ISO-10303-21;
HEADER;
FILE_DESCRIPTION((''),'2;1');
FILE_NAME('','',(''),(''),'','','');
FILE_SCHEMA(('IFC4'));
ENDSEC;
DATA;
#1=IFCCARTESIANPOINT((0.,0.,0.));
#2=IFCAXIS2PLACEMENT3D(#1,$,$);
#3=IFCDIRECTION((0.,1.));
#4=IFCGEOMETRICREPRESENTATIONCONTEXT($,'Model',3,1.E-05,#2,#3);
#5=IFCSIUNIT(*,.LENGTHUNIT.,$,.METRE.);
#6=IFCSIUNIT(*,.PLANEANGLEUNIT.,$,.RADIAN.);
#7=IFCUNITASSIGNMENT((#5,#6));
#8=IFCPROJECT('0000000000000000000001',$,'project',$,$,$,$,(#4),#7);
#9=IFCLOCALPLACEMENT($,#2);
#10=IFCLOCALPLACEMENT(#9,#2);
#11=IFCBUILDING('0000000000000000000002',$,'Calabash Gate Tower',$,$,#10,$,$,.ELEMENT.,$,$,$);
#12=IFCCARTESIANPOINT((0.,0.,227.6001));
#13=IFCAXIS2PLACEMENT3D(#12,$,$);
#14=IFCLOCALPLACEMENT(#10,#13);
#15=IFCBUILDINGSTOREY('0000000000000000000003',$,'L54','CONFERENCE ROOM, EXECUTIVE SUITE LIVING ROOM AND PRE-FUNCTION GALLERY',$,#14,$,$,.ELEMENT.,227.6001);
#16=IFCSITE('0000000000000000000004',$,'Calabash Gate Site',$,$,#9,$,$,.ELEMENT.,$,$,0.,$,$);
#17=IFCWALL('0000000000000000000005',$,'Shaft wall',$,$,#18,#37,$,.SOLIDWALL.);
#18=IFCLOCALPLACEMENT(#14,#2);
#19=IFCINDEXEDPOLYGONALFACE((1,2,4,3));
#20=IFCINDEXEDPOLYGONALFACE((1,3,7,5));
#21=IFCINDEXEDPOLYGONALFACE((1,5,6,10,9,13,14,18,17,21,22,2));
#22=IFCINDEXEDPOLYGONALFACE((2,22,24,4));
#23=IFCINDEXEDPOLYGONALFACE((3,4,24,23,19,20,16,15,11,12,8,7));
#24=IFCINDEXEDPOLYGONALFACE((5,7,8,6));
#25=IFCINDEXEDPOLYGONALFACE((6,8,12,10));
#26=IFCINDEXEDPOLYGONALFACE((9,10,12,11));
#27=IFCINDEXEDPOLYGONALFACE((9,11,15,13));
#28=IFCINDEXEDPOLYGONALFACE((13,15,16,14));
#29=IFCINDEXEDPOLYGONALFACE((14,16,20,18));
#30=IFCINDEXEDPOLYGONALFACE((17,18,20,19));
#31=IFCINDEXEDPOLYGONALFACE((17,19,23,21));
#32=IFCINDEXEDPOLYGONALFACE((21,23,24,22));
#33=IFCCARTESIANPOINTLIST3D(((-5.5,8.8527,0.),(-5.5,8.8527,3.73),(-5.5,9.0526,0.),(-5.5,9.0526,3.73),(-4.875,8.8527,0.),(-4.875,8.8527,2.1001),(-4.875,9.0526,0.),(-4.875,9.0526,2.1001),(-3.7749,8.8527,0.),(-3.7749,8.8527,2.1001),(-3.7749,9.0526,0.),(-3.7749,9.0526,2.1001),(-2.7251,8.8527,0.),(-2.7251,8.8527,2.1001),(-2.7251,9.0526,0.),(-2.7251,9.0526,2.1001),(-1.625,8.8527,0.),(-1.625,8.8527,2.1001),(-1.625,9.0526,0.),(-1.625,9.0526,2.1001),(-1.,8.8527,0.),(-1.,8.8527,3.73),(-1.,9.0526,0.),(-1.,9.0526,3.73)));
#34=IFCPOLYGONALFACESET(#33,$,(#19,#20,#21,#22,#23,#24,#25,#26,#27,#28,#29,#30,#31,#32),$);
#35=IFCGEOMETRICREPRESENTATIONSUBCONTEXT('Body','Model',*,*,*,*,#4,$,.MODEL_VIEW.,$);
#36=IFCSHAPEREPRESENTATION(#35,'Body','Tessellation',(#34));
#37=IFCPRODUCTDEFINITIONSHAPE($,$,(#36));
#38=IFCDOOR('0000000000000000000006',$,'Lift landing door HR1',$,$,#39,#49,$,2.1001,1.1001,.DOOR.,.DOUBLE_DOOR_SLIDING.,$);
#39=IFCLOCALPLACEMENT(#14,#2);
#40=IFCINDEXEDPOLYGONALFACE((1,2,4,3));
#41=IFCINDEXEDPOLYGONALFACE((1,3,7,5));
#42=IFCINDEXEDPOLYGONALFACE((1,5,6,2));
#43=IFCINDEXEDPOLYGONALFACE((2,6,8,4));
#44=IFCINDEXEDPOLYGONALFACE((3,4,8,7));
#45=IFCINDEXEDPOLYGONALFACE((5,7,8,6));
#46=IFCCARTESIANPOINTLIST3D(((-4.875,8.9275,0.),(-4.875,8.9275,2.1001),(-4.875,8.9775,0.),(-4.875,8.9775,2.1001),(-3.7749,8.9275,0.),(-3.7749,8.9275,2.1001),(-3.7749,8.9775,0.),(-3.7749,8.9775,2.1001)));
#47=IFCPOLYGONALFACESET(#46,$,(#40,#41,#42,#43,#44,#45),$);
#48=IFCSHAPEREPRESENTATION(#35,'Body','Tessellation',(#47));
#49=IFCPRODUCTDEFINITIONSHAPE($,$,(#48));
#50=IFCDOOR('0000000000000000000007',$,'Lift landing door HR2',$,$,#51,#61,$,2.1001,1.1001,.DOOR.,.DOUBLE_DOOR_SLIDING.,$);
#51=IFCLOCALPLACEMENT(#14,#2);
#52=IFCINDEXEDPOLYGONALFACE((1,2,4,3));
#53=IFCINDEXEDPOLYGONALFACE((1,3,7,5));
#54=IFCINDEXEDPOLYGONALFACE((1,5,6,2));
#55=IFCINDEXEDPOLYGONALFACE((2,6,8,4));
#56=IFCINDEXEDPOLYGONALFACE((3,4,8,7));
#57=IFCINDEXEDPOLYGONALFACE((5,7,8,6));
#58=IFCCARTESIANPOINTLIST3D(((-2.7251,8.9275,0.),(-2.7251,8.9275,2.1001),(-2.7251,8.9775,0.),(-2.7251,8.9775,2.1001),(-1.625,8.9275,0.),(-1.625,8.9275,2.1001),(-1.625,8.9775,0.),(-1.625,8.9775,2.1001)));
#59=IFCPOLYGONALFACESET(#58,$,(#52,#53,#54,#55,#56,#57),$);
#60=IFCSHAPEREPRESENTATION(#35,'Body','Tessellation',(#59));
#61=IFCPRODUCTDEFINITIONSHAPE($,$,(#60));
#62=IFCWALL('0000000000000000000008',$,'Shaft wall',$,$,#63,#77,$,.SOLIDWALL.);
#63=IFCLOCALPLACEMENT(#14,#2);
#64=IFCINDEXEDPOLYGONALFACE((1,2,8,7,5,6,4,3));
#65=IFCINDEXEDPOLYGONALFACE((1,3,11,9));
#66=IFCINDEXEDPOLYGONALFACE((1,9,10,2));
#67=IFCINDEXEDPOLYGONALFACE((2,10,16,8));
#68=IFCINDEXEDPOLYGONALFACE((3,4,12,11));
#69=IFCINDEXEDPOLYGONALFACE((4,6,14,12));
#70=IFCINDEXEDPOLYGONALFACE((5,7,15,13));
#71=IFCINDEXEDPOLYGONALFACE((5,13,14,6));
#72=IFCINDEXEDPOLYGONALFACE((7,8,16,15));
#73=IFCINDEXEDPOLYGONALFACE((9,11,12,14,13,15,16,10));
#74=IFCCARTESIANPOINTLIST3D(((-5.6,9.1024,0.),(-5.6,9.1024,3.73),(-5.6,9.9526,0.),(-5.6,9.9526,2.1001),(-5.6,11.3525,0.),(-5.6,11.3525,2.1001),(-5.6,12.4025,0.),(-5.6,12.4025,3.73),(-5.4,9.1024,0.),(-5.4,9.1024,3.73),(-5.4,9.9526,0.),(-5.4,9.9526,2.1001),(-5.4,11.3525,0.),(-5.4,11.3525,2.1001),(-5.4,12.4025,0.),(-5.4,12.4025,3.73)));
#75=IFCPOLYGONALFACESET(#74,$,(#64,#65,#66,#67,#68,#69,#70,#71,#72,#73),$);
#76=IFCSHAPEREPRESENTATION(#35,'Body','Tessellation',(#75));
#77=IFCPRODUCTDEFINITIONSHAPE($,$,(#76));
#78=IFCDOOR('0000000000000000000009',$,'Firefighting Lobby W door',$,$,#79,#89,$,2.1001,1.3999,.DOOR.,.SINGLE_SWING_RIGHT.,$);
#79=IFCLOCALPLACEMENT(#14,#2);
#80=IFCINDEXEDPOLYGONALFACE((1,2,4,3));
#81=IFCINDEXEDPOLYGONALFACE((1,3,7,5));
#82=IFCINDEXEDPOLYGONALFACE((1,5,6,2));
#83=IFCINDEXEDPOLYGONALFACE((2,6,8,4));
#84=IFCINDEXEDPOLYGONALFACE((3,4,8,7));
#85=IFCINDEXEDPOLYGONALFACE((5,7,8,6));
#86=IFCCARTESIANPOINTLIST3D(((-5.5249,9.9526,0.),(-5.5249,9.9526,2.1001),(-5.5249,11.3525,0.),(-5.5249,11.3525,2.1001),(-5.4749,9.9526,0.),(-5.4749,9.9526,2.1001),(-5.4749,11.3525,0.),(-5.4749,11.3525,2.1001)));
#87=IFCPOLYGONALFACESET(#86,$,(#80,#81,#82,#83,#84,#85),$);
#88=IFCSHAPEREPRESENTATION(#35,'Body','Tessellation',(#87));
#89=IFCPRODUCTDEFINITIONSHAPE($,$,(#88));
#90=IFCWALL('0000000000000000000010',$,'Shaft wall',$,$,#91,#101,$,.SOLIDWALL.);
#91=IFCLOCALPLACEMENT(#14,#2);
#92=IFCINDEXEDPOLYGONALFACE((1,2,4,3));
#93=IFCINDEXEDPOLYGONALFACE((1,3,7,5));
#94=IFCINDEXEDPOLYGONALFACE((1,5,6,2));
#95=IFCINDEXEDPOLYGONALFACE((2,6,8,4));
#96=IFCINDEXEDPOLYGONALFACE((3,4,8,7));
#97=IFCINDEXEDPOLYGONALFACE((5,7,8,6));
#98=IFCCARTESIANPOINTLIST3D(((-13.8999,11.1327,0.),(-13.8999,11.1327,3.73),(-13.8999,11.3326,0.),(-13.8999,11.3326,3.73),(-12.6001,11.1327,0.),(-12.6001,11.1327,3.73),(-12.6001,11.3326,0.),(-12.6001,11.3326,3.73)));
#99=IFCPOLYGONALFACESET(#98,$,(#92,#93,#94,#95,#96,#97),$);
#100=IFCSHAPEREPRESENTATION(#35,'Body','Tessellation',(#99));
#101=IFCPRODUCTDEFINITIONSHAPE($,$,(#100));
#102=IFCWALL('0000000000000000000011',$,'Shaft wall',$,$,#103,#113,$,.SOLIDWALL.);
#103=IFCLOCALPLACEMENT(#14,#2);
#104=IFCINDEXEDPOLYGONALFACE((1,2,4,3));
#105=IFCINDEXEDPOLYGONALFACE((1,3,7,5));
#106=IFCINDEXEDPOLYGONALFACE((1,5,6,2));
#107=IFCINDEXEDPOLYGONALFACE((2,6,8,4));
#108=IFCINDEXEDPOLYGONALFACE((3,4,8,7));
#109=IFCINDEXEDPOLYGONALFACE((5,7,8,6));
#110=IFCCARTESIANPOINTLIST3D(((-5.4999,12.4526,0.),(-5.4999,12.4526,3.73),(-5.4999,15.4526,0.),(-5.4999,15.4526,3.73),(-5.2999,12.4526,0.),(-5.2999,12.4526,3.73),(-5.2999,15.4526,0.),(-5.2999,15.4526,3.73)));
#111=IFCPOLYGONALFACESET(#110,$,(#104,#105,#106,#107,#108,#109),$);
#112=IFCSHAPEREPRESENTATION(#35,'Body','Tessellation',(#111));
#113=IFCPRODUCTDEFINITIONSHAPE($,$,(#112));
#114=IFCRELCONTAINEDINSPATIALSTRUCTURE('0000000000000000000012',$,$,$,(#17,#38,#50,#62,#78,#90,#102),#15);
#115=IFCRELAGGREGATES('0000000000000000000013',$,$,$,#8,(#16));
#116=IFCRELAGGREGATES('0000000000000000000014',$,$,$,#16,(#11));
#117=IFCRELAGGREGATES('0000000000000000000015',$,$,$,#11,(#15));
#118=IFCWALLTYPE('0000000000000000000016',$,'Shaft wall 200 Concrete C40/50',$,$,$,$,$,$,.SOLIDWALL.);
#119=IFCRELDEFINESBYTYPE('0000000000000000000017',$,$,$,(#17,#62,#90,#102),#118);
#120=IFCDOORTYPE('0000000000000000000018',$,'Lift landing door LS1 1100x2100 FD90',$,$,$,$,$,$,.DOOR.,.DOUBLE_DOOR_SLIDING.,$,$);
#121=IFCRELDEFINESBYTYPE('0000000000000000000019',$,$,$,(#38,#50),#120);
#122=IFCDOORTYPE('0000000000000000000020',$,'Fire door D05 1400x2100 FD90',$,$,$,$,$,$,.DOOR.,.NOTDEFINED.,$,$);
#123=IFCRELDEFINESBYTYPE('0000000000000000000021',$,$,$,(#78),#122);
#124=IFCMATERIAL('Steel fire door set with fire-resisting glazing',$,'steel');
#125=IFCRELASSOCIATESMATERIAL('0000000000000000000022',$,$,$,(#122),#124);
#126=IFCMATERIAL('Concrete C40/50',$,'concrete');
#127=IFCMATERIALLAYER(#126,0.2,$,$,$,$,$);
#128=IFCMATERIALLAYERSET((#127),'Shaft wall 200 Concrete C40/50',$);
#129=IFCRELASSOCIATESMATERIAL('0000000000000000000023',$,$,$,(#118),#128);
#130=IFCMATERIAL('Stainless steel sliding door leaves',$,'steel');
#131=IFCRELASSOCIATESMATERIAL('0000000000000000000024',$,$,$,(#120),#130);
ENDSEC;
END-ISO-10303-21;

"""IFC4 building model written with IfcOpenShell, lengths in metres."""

from ifc_helpers import new_model, si_unit, direction, frame, frame_2d, origin, place, context, subcontext, project, spatial, rectangle, extrude, material, layer, layer_set, type_object, element, fill, save


model = new_model("IFC4")

# Units and contexts
model_context = context("Model", 3, precision=1e-05, world=origin(), true_north=direction((0.0, 1.0)))
body_context = subcontext(model_context, "Body", "Model", "MODEL_VIEW")
ifc_project = project(units=[si_unit("LENGTHUNIT", "METRE"), si_unit("PLANEANGLEUNIT", "RADIAN")], contexts=[model_context])

# Site, building, storey
site_placement = place(None, origin())
site = spatial("IfcSite", under=ifc_project, at=site_placement, Name="Calabash Gate Site", CompositionType="ELEMENT", RefElevation=0.0)
building_placement = place(site_placement, origin())
building = spatial("IfcBuilding", under=site, at=building_placement, Name="Calabash Gate Tower", CompositionType="ELEMENT")
storey_placement = place(building_placement, frame((0.0, 0.0, 227.6001)))
storey = spatial("IfcBuildingStorey", under=building, at=storey_placement, Name="L54", Description="CONFERENCE ROOM, EXECUTIVE SUITE LIVING ROOM AND PRE-FUNCTION GALLERY", CompositionType="ELEMENT", Elevation=227.6001)

# Shared definitions
ifc_material_1 = material(Name="Steel fire door set with fire-resisting glazing", Category="steel")
door_type_1 = type_object("IfcDoorType", Name="Fire door D05 1400x2100 FD90", OperationType="NOTDEFINED", PredefinedType="DOOR", material=ifc_material_1)

# Shared definitions
ifc_material_2 = material(Name="Concrete C40/50", Category="concrete")
ifc_layer_1 = layer(ifc_material_2, 0.2)
ifc_layer_set_1 = layer_set([ifc_layer_1], Name="Shaft wall 200 Concrete C40/50")
wall_type_1 = type_object("IfcWallType", Name="Shaft wall 200 Concrete C40/50", PredefinedType="SOLIDWALL", material=ifc_layer_set_1)

# Wall, openings, doors
wall_1_placement = place(storey_placement, frame((-5.5, 8.9526, 0.0), z_axis=(0.0, 0.0, 1.0), x_axis=(1.0, 0.0, 0.0)))
wall_1 = element("IfcWall", 1, at=wall_1_placement, inside=storey, type_object=wall_type_1, Name="Shaft wall", PredefinedType="SOLIDWALL", context=body_context, shape_type="SweptSolid", body=[
    extrude(rectangle(XDim=4.5, YDim=0.2, at=frame_2d((2.25, 0.0))), origin(), (0.0, 0.0, 1.0), 3.73),
])
opening_1_placement = place(wall_1_placement, frame((0.625, 0.0, 0.0)))
opening_1 = element("IfcOpeningElement", 2, at=opening_1_placement, cuts=wall_1, PredefinedType="OPENING", context=body_context, shape_type="SweptSolid", body=[
    extrude(rectangle(XDim=1.1001, YDim=2.1001, at=frame_2d((0.55, 1.05))), frame((0.0, 0.1099, 0.0), z_axis=(0.0, -1.0, 0.0), x_axis=(1.0, 0.0, 0.0)), (0.0, 0.0, 1.0), 0.22),
])
opening_2_placement = place(wall_1_placement, frame((2.7749, 0.0, 0.0)))
opening_2 = element("IfcOpeningElement", 3, at=opening_2_placement, cuts=wall_1, PredefinedType="OPENING", context=body_context, shape_type="SweptSolid", body=[
    extrude(rectangle(XDim=1.1001, YDim=2.1001, at=frame_2d((0.55, 1.05))), frame((0.0, 0.1099, 0.0), z_axis=(0.0, -1.0, 0.0), x_axis=(1.0, 0.0, 0.0)), (0.0, 0.0, 1.0), 0.22),
])
ifc_material_3 = material(Name="Stainless steel sliding door leaves", Category="steel")
door_type_2 = type_object("IfcDoorType", Name="Lift landing door LS1 1100x2100 FD90", OperationType="DOUBLE_DOOR_SLIDING", PredefinedType="DOOR", material=ifc_material_3)
door_1_placement = place(opening_1_placement, origin())
door_1 = element("IfcDoor", 4, at=door_1_placement, inside=storey, type_object=door_type_2, Name="Lift landing door HR1", OperationType="DOUBLE_DOOR_SLIDING", OverallHeight=2.1001, OverallWidth=1.1001, PredefinedType="DOOR", context=body_context, shape_type="SweptSolid", body=[
    extrude(rectangle(XDim=1.1001, YDim=2.1001, at=frame_2d((0.55, 1.05))), frame((0.0, 0.0249, 0.0), z_axis=(0.0, -1.0, 0.0), x_axis=(1.0, 0.0, 0.0)), (0.0, 0.0, 1.0), 0.05),
])
fill(opening_1, door_1)
door_2_placement = place(opening_2_placement, origin())
door_2 = element("IfcDoor", 5, at=door_2_placement, inside=storey, type_object=door_type_2, Name="Lift landing door HR2", OperationType="DOUBLE_DOOR_SLIDING", OverallHeight=2.1001, OverallWidth=1.1001, PredefinedType="DOOR", context=body_context, shape_type="SweptSolid", body=[
    extrude(rectangle(XDim=1.1001, YDim=2.1001, at=frame_2d((0.55, 1.05))), frame((0.0, 0.0249, 0.0), z_axis=(0.0, -1.0, 0.0), x_axis=(1.0, 0.0, 0.0)), (0.0, 0.0, 1.0), 0.05),
])
fill(opening_2, door_2)

# Wall, opening, door
wall_2_placement = place(storey_placement, frame((-5.5, 9.1025, 0.0), z_axis=(0.0, 0.0, 1.0), x_axis=(0.0, 1.0, 0.0)))
wall_2 = element("IfcWall", 6, at=wall_2_placement, inside=storey, type_object=wall_type_1, Name="Shaft wall", PredefinedType="SOLIDWALL", context=body_context, shape_type="SweptSolid", body=[
    extrude(rectangle(XDim=3.3, YDim=0.2, at=frame_2d((1.6499, 0.0))), origin(), (0.0, 0.0, 1.0), 3.73),
])
opening_3_placement = place(wall_2_placement, frame((0.8501, 0.0, 0.0)))
opening_3 = element("IfcOpeningElement", 7, at=opening_3_placement, cuts=wall_2, PredefinedType="OPENING", context=body_context, shape_type="SweptSolid", body=[
    extrude(rectangle(XDim=1.3999, YDim=2.1001, at=frame_2d((0.7, 1.05))), frame((0.0, 0.1099, 0.0), z_axis=(0.0, -1.0, 0.0), x_axis=(1.0, 0.0, 0.0)), (0.0, 0.0, 1.0), 0.22),
])
door_3_placement = place(opening_3_placement, origin())
door_3 = element("IfcDoor", 8, at=door_3_placement, inside=storey, type_object=door_type_1, Name="Firefighting Lobby W door", OperationType="SINGLE_SWING_RIGHT", OverallHeight=2.1001, OverallWidth=1.3999, PredefinedType="DOOR", context=body_context, shape_type="SweptSolid", body=[
    extrude(rectangle(XDim=1.3999, YDim=2.1001, at=frame_2d((0.7, 1.05))), frame((0.0, 0.0249, 0.0), z_axis=(0.0, -1.0, 0.0), x_axis=(1.0, 0.0, 0.0)), (0.0, 0.0, 1.0), 0.05),
])
fill(opening_3, door_3)

# Walls
wall_3_placement = place(storey_placement, frame((-13.8999, 11.2327, 0.0), z_axis=(0.0, 0.0, 1.0), x_axis=(1.0, 0.0, 0.0)))
element("IfcWall", 9, at=wall_3_placement, inside=storey, type_object=wall_type_1, Name="Shaft wall", PredefinedType="SOLIDWALL", context=body_context, shape_type="SweptSolid", body=[
    extrude(rectangle(XDim=1.2998, YDim=0.2, at=frame_2d((0.6499, 0.0))), origin(), (0.0, 0.0, 1.0), 3.73),
])
wall_4_placement = place(storey_placement, frame((-5.3999, 12.4526, 0.0), z_axis=(0.0, 0.0, 1.0), x_axis=(0.0, 1.0, 0.0)))
element("IfcWall", 10, at=wall_4_placement, inside=storey, type_object=wall_type_1, Name="Shaft wall", PredefinedType="SOLIDWALL", context=body_context, shape_type="SweptSolid", body=[
    extrude(rectangle(XDim=3.0, YDim=0.2, at=frame_2d((1.5, 0.0))), origin(), (0.0, 0.0, 1.0), 3.73),
])

save(model, "model.ifc")
